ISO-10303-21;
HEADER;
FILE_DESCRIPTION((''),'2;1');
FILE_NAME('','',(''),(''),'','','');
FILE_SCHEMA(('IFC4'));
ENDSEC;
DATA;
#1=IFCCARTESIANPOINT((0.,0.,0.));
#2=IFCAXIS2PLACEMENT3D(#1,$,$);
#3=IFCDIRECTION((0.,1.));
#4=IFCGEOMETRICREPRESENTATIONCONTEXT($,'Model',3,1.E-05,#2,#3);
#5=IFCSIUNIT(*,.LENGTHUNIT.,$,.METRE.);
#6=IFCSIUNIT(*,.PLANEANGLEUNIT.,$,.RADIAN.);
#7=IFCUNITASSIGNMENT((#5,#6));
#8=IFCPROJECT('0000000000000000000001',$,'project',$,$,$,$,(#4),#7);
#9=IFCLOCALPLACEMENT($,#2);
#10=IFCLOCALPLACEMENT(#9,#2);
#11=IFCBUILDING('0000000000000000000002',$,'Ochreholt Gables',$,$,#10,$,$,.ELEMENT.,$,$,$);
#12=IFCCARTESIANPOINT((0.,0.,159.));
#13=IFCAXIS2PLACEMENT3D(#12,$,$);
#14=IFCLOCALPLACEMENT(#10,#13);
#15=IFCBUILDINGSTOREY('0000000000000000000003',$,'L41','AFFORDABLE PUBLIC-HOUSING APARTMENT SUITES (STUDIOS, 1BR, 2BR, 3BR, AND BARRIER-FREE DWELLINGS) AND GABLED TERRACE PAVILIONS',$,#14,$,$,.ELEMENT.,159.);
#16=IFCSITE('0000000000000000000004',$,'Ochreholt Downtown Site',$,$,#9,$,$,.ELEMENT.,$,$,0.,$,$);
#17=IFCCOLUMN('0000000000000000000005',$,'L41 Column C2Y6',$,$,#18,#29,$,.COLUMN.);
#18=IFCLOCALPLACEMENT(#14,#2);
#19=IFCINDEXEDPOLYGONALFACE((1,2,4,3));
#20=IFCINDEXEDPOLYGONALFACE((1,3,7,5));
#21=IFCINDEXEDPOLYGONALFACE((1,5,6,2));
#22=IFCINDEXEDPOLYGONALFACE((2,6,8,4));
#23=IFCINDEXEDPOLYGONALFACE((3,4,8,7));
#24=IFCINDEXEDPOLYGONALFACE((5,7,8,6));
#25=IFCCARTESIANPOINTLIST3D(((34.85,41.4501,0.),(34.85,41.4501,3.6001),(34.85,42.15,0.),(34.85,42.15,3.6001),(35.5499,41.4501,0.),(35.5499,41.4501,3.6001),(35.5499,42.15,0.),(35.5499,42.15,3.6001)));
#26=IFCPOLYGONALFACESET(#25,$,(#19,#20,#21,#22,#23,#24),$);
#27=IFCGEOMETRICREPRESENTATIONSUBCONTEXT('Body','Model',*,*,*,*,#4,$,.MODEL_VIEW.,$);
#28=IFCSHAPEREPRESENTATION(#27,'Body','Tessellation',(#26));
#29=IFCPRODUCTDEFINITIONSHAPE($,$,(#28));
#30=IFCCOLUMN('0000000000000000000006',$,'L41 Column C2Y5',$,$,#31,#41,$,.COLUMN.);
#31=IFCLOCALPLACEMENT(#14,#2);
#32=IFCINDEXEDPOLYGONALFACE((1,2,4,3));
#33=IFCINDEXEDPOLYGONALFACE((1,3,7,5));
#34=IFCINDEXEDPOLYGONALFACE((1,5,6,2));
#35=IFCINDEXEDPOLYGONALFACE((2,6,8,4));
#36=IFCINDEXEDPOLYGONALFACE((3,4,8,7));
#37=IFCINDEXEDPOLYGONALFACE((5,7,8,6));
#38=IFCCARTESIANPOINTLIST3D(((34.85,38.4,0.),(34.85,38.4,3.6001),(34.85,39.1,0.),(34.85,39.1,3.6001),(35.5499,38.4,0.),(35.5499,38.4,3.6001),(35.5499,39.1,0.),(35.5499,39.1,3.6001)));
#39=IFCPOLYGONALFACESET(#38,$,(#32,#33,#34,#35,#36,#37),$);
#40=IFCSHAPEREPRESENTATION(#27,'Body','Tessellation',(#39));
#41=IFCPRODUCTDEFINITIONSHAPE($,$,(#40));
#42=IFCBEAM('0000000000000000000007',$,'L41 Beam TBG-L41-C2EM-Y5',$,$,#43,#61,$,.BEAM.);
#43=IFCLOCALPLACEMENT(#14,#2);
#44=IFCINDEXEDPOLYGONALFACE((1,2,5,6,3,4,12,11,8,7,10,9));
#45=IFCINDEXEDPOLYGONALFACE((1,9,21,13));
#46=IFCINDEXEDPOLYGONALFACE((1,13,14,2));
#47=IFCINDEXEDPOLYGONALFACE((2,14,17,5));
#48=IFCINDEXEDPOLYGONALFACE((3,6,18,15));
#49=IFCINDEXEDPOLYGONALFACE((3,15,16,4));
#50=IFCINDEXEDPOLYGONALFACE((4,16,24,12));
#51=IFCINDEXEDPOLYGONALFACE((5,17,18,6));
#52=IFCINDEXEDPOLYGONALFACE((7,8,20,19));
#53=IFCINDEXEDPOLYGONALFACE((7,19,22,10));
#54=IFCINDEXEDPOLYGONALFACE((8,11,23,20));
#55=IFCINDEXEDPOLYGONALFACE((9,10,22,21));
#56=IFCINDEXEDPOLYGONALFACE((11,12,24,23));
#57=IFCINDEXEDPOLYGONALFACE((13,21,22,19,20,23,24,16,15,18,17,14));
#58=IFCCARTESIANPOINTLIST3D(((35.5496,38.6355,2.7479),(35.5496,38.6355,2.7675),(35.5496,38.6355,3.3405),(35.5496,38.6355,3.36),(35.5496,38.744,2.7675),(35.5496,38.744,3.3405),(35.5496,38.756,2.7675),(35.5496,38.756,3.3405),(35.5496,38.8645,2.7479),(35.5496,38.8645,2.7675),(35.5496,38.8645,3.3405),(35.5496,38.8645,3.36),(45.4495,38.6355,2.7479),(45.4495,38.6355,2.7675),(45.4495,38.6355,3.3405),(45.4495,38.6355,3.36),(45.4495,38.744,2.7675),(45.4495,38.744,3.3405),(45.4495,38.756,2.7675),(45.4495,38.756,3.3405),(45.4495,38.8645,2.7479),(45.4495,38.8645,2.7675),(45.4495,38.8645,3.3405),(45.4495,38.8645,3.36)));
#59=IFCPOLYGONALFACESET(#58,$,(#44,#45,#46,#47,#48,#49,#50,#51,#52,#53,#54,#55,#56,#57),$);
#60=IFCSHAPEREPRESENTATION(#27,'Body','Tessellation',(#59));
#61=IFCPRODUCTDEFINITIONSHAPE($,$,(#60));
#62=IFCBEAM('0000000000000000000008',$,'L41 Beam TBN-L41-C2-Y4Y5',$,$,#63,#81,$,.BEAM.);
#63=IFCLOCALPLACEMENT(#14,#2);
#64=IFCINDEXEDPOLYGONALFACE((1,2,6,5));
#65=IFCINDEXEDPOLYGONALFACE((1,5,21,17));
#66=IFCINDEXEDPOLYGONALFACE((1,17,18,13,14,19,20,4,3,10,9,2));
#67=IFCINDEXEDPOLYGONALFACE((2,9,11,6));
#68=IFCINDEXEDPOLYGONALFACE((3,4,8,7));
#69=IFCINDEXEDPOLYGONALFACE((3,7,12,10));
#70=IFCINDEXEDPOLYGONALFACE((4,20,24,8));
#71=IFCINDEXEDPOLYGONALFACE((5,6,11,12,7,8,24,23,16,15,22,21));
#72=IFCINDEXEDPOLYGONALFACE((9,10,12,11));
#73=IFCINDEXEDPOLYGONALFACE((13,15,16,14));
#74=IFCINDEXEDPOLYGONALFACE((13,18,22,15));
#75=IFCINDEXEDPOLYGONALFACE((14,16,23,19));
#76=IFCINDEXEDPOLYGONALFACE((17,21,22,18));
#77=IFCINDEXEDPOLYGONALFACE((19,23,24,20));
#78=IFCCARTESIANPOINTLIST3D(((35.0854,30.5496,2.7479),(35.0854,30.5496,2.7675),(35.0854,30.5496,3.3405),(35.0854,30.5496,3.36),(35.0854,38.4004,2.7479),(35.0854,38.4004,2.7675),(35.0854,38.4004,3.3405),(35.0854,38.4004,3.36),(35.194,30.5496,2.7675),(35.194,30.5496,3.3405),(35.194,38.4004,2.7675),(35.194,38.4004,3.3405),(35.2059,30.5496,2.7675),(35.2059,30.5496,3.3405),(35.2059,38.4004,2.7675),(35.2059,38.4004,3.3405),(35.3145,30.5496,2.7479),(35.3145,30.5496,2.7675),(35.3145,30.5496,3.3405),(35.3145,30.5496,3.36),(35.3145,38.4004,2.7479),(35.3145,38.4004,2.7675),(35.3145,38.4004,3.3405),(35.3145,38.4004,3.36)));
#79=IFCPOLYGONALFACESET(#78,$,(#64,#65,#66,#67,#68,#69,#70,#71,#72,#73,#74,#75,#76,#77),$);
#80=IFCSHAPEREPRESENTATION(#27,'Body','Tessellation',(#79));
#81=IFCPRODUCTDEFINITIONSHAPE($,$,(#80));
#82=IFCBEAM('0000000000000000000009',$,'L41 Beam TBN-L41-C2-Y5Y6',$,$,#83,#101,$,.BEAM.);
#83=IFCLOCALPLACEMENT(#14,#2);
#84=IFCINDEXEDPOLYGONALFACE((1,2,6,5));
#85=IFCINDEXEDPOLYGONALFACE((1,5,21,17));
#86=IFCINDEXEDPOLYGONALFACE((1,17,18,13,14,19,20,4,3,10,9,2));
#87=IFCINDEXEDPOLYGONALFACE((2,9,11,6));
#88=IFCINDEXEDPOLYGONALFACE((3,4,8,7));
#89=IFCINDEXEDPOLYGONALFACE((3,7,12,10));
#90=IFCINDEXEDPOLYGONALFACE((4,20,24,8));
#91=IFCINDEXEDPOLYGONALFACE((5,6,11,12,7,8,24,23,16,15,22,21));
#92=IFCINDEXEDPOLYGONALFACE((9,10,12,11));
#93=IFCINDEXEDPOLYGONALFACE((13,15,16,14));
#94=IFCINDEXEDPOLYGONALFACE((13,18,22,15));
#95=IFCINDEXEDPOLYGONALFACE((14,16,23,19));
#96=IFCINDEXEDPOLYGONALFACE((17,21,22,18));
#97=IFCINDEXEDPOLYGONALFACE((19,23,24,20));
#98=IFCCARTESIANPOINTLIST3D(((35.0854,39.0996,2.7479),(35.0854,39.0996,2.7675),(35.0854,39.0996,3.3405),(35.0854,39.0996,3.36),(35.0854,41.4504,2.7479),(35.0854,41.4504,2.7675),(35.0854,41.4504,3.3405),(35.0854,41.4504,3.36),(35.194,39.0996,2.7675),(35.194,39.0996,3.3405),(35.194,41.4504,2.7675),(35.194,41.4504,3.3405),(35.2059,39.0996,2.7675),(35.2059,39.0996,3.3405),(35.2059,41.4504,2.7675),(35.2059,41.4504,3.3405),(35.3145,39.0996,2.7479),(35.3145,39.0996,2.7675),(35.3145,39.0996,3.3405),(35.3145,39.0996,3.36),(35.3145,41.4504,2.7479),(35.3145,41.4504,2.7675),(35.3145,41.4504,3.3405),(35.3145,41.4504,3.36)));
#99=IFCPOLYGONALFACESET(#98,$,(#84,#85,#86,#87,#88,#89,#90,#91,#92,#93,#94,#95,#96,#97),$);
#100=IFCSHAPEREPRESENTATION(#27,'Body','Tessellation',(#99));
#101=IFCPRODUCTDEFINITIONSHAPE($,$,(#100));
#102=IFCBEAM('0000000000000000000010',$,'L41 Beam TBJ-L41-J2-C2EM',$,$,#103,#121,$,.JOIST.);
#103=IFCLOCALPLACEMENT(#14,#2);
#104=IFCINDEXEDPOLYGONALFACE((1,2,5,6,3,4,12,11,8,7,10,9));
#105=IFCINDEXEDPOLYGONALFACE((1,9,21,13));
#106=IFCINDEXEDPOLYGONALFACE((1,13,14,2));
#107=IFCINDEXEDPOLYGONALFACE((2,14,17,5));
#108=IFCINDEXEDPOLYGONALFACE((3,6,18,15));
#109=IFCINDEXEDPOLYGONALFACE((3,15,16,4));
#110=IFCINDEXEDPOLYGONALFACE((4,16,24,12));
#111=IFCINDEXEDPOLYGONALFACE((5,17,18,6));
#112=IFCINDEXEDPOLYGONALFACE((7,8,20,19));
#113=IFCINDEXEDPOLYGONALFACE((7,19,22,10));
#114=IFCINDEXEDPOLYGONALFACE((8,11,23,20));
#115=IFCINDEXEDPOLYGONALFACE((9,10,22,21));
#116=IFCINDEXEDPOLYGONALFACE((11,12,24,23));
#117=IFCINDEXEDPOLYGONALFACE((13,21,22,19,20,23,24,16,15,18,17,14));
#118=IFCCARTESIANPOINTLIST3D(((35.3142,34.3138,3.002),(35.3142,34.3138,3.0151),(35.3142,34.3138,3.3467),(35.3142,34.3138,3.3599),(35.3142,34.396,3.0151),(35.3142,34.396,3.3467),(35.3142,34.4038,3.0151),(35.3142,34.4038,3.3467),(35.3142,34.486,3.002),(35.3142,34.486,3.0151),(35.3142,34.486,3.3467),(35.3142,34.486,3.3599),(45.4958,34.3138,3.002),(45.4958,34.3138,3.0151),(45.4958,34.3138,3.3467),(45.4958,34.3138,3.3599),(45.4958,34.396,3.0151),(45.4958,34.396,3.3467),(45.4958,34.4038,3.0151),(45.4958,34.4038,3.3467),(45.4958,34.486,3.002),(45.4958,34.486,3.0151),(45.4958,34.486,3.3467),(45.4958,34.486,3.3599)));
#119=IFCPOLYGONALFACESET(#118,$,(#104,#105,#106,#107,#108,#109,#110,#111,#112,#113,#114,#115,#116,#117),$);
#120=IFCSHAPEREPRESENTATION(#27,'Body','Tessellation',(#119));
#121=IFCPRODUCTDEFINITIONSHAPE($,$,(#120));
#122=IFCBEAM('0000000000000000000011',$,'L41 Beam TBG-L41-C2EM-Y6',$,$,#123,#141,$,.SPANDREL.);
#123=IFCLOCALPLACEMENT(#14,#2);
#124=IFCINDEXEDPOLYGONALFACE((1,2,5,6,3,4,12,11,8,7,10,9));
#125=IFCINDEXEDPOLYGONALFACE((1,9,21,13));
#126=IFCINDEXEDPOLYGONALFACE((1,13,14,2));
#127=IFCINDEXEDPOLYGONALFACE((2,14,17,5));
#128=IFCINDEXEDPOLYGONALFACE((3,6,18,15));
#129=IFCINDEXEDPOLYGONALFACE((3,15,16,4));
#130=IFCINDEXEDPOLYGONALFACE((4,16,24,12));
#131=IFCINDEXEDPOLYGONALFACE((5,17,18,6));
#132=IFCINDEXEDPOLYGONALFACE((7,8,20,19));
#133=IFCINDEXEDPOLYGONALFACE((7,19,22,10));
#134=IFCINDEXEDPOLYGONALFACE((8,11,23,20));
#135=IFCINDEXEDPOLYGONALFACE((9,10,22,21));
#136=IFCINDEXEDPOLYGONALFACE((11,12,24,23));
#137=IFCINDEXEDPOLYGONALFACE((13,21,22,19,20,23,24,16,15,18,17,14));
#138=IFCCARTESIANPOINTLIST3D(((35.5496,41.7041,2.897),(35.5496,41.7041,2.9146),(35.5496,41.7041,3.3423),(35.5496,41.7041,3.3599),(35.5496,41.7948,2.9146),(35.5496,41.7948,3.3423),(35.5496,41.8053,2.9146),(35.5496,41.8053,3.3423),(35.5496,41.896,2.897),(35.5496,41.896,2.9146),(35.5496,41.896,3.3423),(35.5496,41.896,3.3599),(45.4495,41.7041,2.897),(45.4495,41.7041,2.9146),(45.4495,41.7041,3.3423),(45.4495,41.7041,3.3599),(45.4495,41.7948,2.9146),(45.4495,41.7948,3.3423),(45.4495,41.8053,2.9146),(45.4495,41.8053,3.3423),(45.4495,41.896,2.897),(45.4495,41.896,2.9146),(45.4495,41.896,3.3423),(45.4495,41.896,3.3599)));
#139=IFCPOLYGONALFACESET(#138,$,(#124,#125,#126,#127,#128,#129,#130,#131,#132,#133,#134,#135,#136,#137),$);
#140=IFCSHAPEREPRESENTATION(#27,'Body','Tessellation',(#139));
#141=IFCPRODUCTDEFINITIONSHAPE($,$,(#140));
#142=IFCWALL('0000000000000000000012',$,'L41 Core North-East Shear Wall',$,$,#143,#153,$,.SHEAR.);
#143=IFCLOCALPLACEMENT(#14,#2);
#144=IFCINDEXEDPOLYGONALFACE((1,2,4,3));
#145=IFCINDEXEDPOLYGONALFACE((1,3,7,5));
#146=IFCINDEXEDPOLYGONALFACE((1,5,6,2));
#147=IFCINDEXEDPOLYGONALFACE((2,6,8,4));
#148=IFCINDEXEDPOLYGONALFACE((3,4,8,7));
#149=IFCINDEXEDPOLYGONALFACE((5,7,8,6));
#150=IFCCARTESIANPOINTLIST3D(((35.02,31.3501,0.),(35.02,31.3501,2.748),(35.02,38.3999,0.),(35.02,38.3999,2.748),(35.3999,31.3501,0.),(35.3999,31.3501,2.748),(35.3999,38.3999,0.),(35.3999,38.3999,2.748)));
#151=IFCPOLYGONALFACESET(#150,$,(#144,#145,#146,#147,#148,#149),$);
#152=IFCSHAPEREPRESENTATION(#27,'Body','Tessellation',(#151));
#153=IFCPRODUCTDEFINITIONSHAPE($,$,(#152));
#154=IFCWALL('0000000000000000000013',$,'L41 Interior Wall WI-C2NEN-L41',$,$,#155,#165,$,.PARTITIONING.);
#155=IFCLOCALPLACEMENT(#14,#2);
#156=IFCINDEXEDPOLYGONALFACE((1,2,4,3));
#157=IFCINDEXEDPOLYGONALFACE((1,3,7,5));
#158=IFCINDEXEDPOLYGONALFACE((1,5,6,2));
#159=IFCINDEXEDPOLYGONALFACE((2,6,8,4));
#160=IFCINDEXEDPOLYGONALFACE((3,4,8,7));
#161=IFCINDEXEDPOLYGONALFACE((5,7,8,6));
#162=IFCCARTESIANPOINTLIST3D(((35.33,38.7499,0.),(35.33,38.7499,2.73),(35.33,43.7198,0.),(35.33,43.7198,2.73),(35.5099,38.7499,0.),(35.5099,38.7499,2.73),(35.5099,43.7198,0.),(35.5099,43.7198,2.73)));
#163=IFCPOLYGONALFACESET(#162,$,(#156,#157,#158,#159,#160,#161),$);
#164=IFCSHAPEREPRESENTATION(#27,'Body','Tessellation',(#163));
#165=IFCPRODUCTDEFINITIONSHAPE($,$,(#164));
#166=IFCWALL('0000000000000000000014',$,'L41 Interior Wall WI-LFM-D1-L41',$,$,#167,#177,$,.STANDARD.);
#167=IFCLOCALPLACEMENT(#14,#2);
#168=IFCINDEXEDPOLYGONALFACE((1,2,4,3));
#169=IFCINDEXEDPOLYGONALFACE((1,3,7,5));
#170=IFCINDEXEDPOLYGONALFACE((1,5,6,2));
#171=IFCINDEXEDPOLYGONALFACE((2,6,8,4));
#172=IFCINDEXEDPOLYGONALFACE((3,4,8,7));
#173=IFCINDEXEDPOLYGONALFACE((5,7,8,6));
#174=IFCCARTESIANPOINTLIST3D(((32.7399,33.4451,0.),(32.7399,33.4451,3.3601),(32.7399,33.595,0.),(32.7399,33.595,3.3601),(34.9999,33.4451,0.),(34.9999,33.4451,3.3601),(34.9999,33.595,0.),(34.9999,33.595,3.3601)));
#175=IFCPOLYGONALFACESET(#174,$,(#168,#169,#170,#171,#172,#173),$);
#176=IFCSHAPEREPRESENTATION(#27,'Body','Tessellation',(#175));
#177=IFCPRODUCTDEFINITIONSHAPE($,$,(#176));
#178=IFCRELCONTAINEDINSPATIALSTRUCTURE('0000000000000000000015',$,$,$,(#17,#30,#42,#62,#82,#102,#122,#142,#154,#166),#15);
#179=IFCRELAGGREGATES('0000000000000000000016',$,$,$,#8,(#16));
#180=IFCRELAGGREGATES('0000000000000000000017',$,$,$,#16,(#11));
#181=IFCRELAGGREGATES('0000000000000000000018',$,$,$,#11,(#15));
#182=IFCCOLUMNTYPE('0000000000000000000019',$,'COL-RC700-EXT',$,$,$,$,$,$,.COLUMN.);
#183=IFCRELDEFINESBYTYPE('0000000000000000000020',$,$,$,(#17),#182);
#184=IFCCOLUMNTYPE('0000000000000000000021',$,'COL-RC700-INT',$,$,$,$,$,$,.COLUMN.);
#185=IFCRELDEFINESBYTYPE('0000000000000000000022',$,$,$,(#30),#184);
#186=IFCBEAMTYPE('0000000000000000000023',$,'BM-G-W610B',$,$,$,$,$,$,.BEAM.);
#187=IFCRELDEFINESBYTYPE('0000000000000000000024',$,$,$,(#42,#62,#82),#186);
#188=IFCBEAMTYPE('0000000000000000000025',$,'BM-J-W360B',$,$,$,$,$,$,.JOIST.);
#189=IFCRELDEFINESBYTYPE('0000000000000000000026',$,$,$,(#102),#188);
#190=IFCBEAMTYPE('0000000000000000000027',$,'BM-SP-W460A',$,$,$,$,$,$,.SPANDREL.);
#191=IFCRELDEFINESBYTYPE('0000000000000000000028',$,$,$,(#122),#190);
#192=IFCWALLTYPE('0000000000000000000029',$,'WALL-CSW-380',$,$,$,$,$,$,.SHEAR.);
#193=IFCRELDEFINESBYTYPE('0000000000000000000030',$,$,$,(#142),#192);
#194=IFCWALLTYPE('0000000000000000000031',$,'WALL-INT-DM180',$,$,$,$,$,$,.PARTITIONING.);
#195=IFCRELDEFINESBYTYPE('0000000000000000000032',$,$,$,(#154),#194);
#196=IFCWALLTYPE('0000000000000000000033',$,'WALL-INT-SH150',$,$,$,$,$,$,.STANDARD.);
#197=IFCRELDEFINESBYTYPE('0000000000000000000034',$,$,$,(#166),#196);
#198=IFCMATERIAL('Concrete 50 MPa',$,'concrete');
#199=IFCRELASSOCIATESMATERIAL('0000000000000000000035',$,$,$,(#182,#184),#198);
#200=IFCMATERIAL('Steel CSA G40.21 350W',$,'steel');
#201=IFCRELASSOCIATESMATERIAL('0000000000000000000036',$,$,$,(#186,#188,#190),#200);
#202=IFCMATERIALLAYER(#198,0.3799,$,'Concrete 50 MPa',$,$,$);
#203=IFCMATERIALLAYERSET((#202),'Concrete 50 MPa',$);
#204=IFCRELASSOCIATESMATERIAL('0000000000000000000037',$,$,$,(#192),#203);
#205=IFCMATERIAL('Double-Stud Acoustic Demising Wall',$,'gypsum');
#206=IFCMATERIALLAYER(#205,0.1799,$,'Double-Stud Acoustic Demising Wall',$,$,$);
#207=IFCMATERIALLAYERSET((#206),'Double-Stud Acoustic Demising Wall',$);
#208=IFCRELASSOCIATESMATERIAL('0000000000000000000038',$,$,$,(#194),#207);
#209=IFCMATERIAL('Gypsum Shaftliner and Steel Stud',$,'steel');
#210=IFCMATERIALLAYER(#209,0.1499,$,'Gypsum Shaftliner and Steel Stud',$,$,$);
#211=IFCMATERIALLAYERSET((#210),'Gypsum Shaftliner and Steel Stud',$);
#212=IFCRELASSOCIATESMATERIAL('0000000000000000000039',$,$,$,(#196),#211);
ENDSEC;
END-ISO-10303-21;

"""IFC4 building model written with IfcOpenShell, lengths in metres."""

from ifc_helpers import new_model, si_unit, direction, frame, frame_2d, origin, origin_2d, place, context, subcontext, project, spatial, rectangle, i_section, extrude, material, layer, layer_set, material_profile, profile_set, type_object, element, save


model = new_model("IFC4")

# Units and contexts
model_context = context("Model", 3, precision=1e-05, world=origin(), true_north=direction((0.0, 1.0)))
body_context = subcontext(model_context, "Body", "Model", "MODEL_VIEW")
ifc_project = project(units=[si_unit("LENGTHUNIT", "METRE"), si_unit("PLANEANGLEUNIT", "RADIAN")], contexts=[model_context])

# Site, building, storey
site_placement = place(None, origin())
site = spatial("IfcSite", under=ifc_project, at=site_placement, Name="Ochreholt Downtown Site", CompositionType="ELEMENT", RefElevation=0.0)
building_placement = place(site_placement, origin())
building = spatial("IfcBuilding", under=site, at=building_placement, Name="Ochreholt Gables", CompositionType="ELEMENT")
storey_placement = place(building_placement, frame((0.0, 0.0, 159.0)))
storey = spatial("IfcBuildingStorey", under=building, at=storey_placement, Name="L41", Description="AFFORDABLE PUBLIC-HOUSING APARTMENT SUITES (STUDIOS, 1BR, 2BR, 3BR, AND BARRIER-FREE DWELLINGS) AND GABLED TERRACE PAVILIONS", CompositionType="ELEMENT", Elevation=159.0)

# Columns
ifc_material_1 = material(Name="Concrete 50 MPa", Category="concrete")
ifc_material_profile_1 = material_profile(ifc_material_1, rectangle(XDim=0.7, YDim=0.7, at=origin_2d()), Name="RC700X700")
ifc_profile_set_1 = profile_set([ifc_material_profile_1], Name="Concrete 50 MPa")
column_type_1 = type_object("IfcColumnType", Name="COL-RC700-EXT", PredefinedType="COLUMN", material=ifc_profile_set_1)
column_1_placement = place(storey_placement, frame((35.2, 41.8, 0.0), z_axis=(0.0, 0.0, 1.0), x_axis=(1.0, 0.0, 0.0)))
element("IfcColumn", 1, at=column_1_placement, inside=storey, type_object=column_type_1, Name="L41 Column C2Y6", PredefinedType="COLUMN", context=body_context, shape_type="SweptSolid", body=[
    extrude(rectangle(XDim=0.7, YDim=0.7, at=origin_2d()), origin(), (0.0, 0.0, 1.0), 3.6001),
])
ifc_material_profile_2 = material_profile(ifc_material_1, rectangle(XDim=0.7, YDim=0.7, at=origin_2d()), Name="RC700X700")
ifc_profile_set_2 = profile_set([ifc_material_profile_2], Name="Concrete 50 MPa")
column_type_2 = type_object("IfcColumnType", Name="COL-RC700-INT", PredefinedType="COLUMN", material=ifc_profile_set_2)
column_2_placement = place(storey_placement, frame((35.2, 38.75, 0.0), z_axis=(0.0, 0.0, 1.0), x_axis=(1.0, 0.0, 0.0)))
element("IfcColumn", 2, at=column_2_placement, inside=storey, type_object=column_type_2, Name="L41 Column C2Y5", PredefinedType="COLUMN", context=body_context, shape_type="SweptSolid", body=[
    extrude(rectangle(XDim=0.7, YDim=0.7, at=origin_2d()), origin(), (0.0, 0.0, 1.0), 3.6001),
])

# Beams
ifc_material_2 = material(Name="Steel CSA G40.21 350W", Category="steel")
ifc_material_profile_3 = material_profile(ifc_material_2, i_section(OverallWidth=0.229, OverallDepth=0.6121, WebThickness=0.012, FlangeThickness=0.0195, at=origin_2d()), Name="W610X125")
ifc_profile_set_3 = profile_set([ifc_material_profile_3], Name="Steel CSA G40.21 350W")
beam_type_1 = type_object("IfcBeamType", Name="BM-G-W610B", PredefinedType="BEAM", material=ifc_profile_set_3)
beam_1_placement = place(storey_placement, frame((35.5496, 38.75, 3.054), z_axis=(1.0, 0.0, 0.0), x_axis=(0.0, 1.0, 0.0)))
element("IfcBeam", 3, at=beam_1_placement, inside=storey, type_object=beam_type_1, Name="L41 Beam TBG-L41-C2EM-Y5", PredefinedType="BEAM", context=body_context, shape_type="SweptSolid", body=[
    extrude(i_section(OverallWidth=0.229, OverallDepth=0.6121, WebThickness=0.012, FlangeThickness=0.0195, at=origin_2d()), origin(), (0.0, 0.0, 1.0), 9.8999),
])
beam_2_placement = place(storey_placement, frame((35.2, 30.5496, 3.054), z_axis=(0.0, 1.0, 0.0), x_axis=(-1.0, 0.0, 0.0)))
element("IfcBeam", 4, at=beam_2_placement, inside=storey, type_object=beam_type_1, Name="L41 Beam TBN-L41-C2-Y4Y5", PredefinedType="BEAM", context=body_context, shape_type="SweptSolid", body=[
    extrude(i_section(OverallWidth=0.229, OverallDepth=0.6121, WebThickness=0.012, FlangeThickness=0.0195, at=origin_2d()), origin(), (0.0, 0.0, 1.0), 7.8508),
])
beam_3_placement = place(storey_placement, frame((35.2, 39.0996, 3.054), z_axis=(0.0, 1.0, 0.0), x_axis=(-1.0, 0.0, 0.0)))
element("IfcBeam", 5, at=beam_3_placement, inside=storey, type_object=beam_type_1, Name="L41 Beam TBN-L41-C2-Y5Y6", PredefinedType="BEAM", context=body_context, shape_type="SweptSolid", body=[
    extrude(i_section(OverallWidth=0.229, OverallDepth=0.6121, WebThickness=0.012, FlangeThickness=0.0195, at=origin_2d()), origin(), (0.0, 0.0, 1.0), 2.3508),
])
ifc_material_profile_4 = material_profile(ifc_material_2, i_section(OverallWidth=0.1721, OverallDepth=0.3579, WebThickness=0.0078, FlangeThickness=0.0132, at=origin_2d()), Name="W360X57")
ifc_profile_set_4 = profile_set([ifc_material_profile_4], Name="Steel CSA G40.21 350W")
beam_type_2 = type_object("IfcBeamType", Name="BM-J-W360B", PredefinedType="JOIST", material=ifc_profile_set_4)
beam_4_placement = place(storey_placement, frame((35.3142, 34.3999, 3.1809), z_axis=(1.0, 0.0, 0.0), x_axis=(0.0, 1.0, 0.0)))
element("IfcBeam", 6, at=beam_4_placement, inside=storey, type_object=beam_type_2, Name="L41 Beam TBJ-L41-J2-C2EM", PredefinedType="JOIST", context=body_context, shape_type="SweptSolid", body=[
    extrude(i_section(OverallWidth=0.1721, OverallDepth=0.3579, WebThickness=0.0078, FlangeThickness=0.0132, at=origin_2d()), origin(), (0.0, 0.0, 1.0), 10.1816),
])
ifc_material_profile_5 = material_profile(ifc_material_2, i_section(OverallWidth=0.1919, OverallDepth=0.4629, WebThickness=0.0105, FlangeThickness=0.0176, at=origin_2d()), Name="W460X89")
ifc_profile_set_5 = profile_set([ifc_material_profile_5], Name="Steel CSA G40.21 350W")
beam_type_3 = type_object("IfcBeamType", Name="BM-SP-W460A", PredefinedType="SPANDREL", material=ifc_profile_set_5)
beam_5_placement = place(storey_placement, frame((35.5496, 41.8, 3.1284), z_axis=(1.0, 0.0, 0.0), x_axis=(0.0, 1.0, 0.0)))
element("IfcBeam", 7, at=beam_5_placement, inside=storey, type_object=beam_type_3, Name="L41 Beam TBG-L41-C2EM-Y6", PredefinedType="SPANDREL", context=body_context, shape_type="SweptSolid", body=[
    extrude(i_section(OverallWidth=0.1919, OverallDepth=0.4629, WebThickness=0.0105, FlangeThickness=0.0176, at=origin_2d()), origin(), (0.0, 0.0, 1.0), 9.8999),
])

# Walls
ifc_layer_1 = layer(ifc_material_1, 0.3799, Name="Concrete 50 MPa")
ifc_layer_set_1 = layer_set([ifc_layer_1], Name="Concrete 50 MPa")
wall_type_1 = type_object("IfcWallType", Name="WALL-CSW-380", PredefinedType="SHEAR", material=ifc_layer_set_1)
wall_1_placement = place(storey_placement, frame((35.21, 31.3501, 0.0), z_axis=(0.0, 0.0, 1.0), x_axis=(0.0, 1.0, 0.0)))
element("IfcWall", 8, at=wall_1_placement, inside=storey, type_object=wall_type_1, Name="L41 Core North-East Shear Wall", PredefinedType="SHEAR", context=body_context, shape_type="SweptSolid", body=[
    extrude(rectangle(XDim=7.0498, YDim=0.3799, at=frame_2d((3.5249, 0.0))), origin(), (0.0, 0.0, 1.0), 2.748),
])
ifc_material_3 = material(Name="Double-Stud Acoustic Demising Wall", Category="gypsum")
ifc_layer_2 = layer(ifc_material_3, 0.1799, Name="Double-Stud Acoustic Demising Wall")
ifc_layer_set_2 = layer_set([ifc_layer_2], Name="Double-Stud Acoustic Demising Wall")
wall_type_2 = type_object("IfcWallType", Name="WALL-INT-DM180", PredefinedType="PARTITIONING", material=ifc_layer_set_2)
wall_2_placement = place(storey_placement, frame((35.4199, 38.75, 0.0), z_axis=(0.0, 0.0, 1.0), x_axis=(0.0, 1.0, 0.0)))
element("IfcWall", 9, at=wall_2_placement, inside=storey, type_object=wall_type_2, Name="L41 Interior Wall WI-C2NEN-L41", PredefinedType="PARTITIONING", context=body_context, shape_type="SweptSolid", body=[
    extrude(rectangle(XDim=4.97, YDim=0.1799, at=frame_2d((2.4849, 0.0))), origin(), (0.0, 0.0, 1.0), 2.73),
])

# Wall
ifc_material_4 = material(Name="Gypsum Shaftliner and Steel Stud", Category="steel")
ifc_layer_3 = layer(ifc_material_4, 0.1499, Name="Gypsum Shaftliner and Steel Stud")
ifc_layer_set_3 = layer_set([ifc_layer_3], Name="Gypsum Shaftliner and Steel Stud")
wall_type_3 = type_object("IfcWallType", Name="WALL-INT-SH150", PredefinedType="STANDARD", material=ifc_layer_set_3)
for number, where, z_axis, x_axis, name in (
    (10, (32.74, 33.52, 0.0), (0.0, 0.0, 1.0), (1.0, 0.0, 0.0), "L41 Interior Wall WI-LFM-D1-L41"),
):
    element("IfcWall", number, at=place(storey_placement, frame(where, z_axis=z_axis, x_axis=x_axis)), inside=storey, type_object=wall_type_3, Name=name, PredefinedType="STANDARD", context=body_context, shape_type="SweptSolid", body=[
        extrude(rectangle(XDim=2.26, YDim=0.1499, at=frame_2d((1.1299, 0.0))), origin(), (0.0, 0.0, 1.0), 3.3601),
    ])

save(model, "model.ifc")
